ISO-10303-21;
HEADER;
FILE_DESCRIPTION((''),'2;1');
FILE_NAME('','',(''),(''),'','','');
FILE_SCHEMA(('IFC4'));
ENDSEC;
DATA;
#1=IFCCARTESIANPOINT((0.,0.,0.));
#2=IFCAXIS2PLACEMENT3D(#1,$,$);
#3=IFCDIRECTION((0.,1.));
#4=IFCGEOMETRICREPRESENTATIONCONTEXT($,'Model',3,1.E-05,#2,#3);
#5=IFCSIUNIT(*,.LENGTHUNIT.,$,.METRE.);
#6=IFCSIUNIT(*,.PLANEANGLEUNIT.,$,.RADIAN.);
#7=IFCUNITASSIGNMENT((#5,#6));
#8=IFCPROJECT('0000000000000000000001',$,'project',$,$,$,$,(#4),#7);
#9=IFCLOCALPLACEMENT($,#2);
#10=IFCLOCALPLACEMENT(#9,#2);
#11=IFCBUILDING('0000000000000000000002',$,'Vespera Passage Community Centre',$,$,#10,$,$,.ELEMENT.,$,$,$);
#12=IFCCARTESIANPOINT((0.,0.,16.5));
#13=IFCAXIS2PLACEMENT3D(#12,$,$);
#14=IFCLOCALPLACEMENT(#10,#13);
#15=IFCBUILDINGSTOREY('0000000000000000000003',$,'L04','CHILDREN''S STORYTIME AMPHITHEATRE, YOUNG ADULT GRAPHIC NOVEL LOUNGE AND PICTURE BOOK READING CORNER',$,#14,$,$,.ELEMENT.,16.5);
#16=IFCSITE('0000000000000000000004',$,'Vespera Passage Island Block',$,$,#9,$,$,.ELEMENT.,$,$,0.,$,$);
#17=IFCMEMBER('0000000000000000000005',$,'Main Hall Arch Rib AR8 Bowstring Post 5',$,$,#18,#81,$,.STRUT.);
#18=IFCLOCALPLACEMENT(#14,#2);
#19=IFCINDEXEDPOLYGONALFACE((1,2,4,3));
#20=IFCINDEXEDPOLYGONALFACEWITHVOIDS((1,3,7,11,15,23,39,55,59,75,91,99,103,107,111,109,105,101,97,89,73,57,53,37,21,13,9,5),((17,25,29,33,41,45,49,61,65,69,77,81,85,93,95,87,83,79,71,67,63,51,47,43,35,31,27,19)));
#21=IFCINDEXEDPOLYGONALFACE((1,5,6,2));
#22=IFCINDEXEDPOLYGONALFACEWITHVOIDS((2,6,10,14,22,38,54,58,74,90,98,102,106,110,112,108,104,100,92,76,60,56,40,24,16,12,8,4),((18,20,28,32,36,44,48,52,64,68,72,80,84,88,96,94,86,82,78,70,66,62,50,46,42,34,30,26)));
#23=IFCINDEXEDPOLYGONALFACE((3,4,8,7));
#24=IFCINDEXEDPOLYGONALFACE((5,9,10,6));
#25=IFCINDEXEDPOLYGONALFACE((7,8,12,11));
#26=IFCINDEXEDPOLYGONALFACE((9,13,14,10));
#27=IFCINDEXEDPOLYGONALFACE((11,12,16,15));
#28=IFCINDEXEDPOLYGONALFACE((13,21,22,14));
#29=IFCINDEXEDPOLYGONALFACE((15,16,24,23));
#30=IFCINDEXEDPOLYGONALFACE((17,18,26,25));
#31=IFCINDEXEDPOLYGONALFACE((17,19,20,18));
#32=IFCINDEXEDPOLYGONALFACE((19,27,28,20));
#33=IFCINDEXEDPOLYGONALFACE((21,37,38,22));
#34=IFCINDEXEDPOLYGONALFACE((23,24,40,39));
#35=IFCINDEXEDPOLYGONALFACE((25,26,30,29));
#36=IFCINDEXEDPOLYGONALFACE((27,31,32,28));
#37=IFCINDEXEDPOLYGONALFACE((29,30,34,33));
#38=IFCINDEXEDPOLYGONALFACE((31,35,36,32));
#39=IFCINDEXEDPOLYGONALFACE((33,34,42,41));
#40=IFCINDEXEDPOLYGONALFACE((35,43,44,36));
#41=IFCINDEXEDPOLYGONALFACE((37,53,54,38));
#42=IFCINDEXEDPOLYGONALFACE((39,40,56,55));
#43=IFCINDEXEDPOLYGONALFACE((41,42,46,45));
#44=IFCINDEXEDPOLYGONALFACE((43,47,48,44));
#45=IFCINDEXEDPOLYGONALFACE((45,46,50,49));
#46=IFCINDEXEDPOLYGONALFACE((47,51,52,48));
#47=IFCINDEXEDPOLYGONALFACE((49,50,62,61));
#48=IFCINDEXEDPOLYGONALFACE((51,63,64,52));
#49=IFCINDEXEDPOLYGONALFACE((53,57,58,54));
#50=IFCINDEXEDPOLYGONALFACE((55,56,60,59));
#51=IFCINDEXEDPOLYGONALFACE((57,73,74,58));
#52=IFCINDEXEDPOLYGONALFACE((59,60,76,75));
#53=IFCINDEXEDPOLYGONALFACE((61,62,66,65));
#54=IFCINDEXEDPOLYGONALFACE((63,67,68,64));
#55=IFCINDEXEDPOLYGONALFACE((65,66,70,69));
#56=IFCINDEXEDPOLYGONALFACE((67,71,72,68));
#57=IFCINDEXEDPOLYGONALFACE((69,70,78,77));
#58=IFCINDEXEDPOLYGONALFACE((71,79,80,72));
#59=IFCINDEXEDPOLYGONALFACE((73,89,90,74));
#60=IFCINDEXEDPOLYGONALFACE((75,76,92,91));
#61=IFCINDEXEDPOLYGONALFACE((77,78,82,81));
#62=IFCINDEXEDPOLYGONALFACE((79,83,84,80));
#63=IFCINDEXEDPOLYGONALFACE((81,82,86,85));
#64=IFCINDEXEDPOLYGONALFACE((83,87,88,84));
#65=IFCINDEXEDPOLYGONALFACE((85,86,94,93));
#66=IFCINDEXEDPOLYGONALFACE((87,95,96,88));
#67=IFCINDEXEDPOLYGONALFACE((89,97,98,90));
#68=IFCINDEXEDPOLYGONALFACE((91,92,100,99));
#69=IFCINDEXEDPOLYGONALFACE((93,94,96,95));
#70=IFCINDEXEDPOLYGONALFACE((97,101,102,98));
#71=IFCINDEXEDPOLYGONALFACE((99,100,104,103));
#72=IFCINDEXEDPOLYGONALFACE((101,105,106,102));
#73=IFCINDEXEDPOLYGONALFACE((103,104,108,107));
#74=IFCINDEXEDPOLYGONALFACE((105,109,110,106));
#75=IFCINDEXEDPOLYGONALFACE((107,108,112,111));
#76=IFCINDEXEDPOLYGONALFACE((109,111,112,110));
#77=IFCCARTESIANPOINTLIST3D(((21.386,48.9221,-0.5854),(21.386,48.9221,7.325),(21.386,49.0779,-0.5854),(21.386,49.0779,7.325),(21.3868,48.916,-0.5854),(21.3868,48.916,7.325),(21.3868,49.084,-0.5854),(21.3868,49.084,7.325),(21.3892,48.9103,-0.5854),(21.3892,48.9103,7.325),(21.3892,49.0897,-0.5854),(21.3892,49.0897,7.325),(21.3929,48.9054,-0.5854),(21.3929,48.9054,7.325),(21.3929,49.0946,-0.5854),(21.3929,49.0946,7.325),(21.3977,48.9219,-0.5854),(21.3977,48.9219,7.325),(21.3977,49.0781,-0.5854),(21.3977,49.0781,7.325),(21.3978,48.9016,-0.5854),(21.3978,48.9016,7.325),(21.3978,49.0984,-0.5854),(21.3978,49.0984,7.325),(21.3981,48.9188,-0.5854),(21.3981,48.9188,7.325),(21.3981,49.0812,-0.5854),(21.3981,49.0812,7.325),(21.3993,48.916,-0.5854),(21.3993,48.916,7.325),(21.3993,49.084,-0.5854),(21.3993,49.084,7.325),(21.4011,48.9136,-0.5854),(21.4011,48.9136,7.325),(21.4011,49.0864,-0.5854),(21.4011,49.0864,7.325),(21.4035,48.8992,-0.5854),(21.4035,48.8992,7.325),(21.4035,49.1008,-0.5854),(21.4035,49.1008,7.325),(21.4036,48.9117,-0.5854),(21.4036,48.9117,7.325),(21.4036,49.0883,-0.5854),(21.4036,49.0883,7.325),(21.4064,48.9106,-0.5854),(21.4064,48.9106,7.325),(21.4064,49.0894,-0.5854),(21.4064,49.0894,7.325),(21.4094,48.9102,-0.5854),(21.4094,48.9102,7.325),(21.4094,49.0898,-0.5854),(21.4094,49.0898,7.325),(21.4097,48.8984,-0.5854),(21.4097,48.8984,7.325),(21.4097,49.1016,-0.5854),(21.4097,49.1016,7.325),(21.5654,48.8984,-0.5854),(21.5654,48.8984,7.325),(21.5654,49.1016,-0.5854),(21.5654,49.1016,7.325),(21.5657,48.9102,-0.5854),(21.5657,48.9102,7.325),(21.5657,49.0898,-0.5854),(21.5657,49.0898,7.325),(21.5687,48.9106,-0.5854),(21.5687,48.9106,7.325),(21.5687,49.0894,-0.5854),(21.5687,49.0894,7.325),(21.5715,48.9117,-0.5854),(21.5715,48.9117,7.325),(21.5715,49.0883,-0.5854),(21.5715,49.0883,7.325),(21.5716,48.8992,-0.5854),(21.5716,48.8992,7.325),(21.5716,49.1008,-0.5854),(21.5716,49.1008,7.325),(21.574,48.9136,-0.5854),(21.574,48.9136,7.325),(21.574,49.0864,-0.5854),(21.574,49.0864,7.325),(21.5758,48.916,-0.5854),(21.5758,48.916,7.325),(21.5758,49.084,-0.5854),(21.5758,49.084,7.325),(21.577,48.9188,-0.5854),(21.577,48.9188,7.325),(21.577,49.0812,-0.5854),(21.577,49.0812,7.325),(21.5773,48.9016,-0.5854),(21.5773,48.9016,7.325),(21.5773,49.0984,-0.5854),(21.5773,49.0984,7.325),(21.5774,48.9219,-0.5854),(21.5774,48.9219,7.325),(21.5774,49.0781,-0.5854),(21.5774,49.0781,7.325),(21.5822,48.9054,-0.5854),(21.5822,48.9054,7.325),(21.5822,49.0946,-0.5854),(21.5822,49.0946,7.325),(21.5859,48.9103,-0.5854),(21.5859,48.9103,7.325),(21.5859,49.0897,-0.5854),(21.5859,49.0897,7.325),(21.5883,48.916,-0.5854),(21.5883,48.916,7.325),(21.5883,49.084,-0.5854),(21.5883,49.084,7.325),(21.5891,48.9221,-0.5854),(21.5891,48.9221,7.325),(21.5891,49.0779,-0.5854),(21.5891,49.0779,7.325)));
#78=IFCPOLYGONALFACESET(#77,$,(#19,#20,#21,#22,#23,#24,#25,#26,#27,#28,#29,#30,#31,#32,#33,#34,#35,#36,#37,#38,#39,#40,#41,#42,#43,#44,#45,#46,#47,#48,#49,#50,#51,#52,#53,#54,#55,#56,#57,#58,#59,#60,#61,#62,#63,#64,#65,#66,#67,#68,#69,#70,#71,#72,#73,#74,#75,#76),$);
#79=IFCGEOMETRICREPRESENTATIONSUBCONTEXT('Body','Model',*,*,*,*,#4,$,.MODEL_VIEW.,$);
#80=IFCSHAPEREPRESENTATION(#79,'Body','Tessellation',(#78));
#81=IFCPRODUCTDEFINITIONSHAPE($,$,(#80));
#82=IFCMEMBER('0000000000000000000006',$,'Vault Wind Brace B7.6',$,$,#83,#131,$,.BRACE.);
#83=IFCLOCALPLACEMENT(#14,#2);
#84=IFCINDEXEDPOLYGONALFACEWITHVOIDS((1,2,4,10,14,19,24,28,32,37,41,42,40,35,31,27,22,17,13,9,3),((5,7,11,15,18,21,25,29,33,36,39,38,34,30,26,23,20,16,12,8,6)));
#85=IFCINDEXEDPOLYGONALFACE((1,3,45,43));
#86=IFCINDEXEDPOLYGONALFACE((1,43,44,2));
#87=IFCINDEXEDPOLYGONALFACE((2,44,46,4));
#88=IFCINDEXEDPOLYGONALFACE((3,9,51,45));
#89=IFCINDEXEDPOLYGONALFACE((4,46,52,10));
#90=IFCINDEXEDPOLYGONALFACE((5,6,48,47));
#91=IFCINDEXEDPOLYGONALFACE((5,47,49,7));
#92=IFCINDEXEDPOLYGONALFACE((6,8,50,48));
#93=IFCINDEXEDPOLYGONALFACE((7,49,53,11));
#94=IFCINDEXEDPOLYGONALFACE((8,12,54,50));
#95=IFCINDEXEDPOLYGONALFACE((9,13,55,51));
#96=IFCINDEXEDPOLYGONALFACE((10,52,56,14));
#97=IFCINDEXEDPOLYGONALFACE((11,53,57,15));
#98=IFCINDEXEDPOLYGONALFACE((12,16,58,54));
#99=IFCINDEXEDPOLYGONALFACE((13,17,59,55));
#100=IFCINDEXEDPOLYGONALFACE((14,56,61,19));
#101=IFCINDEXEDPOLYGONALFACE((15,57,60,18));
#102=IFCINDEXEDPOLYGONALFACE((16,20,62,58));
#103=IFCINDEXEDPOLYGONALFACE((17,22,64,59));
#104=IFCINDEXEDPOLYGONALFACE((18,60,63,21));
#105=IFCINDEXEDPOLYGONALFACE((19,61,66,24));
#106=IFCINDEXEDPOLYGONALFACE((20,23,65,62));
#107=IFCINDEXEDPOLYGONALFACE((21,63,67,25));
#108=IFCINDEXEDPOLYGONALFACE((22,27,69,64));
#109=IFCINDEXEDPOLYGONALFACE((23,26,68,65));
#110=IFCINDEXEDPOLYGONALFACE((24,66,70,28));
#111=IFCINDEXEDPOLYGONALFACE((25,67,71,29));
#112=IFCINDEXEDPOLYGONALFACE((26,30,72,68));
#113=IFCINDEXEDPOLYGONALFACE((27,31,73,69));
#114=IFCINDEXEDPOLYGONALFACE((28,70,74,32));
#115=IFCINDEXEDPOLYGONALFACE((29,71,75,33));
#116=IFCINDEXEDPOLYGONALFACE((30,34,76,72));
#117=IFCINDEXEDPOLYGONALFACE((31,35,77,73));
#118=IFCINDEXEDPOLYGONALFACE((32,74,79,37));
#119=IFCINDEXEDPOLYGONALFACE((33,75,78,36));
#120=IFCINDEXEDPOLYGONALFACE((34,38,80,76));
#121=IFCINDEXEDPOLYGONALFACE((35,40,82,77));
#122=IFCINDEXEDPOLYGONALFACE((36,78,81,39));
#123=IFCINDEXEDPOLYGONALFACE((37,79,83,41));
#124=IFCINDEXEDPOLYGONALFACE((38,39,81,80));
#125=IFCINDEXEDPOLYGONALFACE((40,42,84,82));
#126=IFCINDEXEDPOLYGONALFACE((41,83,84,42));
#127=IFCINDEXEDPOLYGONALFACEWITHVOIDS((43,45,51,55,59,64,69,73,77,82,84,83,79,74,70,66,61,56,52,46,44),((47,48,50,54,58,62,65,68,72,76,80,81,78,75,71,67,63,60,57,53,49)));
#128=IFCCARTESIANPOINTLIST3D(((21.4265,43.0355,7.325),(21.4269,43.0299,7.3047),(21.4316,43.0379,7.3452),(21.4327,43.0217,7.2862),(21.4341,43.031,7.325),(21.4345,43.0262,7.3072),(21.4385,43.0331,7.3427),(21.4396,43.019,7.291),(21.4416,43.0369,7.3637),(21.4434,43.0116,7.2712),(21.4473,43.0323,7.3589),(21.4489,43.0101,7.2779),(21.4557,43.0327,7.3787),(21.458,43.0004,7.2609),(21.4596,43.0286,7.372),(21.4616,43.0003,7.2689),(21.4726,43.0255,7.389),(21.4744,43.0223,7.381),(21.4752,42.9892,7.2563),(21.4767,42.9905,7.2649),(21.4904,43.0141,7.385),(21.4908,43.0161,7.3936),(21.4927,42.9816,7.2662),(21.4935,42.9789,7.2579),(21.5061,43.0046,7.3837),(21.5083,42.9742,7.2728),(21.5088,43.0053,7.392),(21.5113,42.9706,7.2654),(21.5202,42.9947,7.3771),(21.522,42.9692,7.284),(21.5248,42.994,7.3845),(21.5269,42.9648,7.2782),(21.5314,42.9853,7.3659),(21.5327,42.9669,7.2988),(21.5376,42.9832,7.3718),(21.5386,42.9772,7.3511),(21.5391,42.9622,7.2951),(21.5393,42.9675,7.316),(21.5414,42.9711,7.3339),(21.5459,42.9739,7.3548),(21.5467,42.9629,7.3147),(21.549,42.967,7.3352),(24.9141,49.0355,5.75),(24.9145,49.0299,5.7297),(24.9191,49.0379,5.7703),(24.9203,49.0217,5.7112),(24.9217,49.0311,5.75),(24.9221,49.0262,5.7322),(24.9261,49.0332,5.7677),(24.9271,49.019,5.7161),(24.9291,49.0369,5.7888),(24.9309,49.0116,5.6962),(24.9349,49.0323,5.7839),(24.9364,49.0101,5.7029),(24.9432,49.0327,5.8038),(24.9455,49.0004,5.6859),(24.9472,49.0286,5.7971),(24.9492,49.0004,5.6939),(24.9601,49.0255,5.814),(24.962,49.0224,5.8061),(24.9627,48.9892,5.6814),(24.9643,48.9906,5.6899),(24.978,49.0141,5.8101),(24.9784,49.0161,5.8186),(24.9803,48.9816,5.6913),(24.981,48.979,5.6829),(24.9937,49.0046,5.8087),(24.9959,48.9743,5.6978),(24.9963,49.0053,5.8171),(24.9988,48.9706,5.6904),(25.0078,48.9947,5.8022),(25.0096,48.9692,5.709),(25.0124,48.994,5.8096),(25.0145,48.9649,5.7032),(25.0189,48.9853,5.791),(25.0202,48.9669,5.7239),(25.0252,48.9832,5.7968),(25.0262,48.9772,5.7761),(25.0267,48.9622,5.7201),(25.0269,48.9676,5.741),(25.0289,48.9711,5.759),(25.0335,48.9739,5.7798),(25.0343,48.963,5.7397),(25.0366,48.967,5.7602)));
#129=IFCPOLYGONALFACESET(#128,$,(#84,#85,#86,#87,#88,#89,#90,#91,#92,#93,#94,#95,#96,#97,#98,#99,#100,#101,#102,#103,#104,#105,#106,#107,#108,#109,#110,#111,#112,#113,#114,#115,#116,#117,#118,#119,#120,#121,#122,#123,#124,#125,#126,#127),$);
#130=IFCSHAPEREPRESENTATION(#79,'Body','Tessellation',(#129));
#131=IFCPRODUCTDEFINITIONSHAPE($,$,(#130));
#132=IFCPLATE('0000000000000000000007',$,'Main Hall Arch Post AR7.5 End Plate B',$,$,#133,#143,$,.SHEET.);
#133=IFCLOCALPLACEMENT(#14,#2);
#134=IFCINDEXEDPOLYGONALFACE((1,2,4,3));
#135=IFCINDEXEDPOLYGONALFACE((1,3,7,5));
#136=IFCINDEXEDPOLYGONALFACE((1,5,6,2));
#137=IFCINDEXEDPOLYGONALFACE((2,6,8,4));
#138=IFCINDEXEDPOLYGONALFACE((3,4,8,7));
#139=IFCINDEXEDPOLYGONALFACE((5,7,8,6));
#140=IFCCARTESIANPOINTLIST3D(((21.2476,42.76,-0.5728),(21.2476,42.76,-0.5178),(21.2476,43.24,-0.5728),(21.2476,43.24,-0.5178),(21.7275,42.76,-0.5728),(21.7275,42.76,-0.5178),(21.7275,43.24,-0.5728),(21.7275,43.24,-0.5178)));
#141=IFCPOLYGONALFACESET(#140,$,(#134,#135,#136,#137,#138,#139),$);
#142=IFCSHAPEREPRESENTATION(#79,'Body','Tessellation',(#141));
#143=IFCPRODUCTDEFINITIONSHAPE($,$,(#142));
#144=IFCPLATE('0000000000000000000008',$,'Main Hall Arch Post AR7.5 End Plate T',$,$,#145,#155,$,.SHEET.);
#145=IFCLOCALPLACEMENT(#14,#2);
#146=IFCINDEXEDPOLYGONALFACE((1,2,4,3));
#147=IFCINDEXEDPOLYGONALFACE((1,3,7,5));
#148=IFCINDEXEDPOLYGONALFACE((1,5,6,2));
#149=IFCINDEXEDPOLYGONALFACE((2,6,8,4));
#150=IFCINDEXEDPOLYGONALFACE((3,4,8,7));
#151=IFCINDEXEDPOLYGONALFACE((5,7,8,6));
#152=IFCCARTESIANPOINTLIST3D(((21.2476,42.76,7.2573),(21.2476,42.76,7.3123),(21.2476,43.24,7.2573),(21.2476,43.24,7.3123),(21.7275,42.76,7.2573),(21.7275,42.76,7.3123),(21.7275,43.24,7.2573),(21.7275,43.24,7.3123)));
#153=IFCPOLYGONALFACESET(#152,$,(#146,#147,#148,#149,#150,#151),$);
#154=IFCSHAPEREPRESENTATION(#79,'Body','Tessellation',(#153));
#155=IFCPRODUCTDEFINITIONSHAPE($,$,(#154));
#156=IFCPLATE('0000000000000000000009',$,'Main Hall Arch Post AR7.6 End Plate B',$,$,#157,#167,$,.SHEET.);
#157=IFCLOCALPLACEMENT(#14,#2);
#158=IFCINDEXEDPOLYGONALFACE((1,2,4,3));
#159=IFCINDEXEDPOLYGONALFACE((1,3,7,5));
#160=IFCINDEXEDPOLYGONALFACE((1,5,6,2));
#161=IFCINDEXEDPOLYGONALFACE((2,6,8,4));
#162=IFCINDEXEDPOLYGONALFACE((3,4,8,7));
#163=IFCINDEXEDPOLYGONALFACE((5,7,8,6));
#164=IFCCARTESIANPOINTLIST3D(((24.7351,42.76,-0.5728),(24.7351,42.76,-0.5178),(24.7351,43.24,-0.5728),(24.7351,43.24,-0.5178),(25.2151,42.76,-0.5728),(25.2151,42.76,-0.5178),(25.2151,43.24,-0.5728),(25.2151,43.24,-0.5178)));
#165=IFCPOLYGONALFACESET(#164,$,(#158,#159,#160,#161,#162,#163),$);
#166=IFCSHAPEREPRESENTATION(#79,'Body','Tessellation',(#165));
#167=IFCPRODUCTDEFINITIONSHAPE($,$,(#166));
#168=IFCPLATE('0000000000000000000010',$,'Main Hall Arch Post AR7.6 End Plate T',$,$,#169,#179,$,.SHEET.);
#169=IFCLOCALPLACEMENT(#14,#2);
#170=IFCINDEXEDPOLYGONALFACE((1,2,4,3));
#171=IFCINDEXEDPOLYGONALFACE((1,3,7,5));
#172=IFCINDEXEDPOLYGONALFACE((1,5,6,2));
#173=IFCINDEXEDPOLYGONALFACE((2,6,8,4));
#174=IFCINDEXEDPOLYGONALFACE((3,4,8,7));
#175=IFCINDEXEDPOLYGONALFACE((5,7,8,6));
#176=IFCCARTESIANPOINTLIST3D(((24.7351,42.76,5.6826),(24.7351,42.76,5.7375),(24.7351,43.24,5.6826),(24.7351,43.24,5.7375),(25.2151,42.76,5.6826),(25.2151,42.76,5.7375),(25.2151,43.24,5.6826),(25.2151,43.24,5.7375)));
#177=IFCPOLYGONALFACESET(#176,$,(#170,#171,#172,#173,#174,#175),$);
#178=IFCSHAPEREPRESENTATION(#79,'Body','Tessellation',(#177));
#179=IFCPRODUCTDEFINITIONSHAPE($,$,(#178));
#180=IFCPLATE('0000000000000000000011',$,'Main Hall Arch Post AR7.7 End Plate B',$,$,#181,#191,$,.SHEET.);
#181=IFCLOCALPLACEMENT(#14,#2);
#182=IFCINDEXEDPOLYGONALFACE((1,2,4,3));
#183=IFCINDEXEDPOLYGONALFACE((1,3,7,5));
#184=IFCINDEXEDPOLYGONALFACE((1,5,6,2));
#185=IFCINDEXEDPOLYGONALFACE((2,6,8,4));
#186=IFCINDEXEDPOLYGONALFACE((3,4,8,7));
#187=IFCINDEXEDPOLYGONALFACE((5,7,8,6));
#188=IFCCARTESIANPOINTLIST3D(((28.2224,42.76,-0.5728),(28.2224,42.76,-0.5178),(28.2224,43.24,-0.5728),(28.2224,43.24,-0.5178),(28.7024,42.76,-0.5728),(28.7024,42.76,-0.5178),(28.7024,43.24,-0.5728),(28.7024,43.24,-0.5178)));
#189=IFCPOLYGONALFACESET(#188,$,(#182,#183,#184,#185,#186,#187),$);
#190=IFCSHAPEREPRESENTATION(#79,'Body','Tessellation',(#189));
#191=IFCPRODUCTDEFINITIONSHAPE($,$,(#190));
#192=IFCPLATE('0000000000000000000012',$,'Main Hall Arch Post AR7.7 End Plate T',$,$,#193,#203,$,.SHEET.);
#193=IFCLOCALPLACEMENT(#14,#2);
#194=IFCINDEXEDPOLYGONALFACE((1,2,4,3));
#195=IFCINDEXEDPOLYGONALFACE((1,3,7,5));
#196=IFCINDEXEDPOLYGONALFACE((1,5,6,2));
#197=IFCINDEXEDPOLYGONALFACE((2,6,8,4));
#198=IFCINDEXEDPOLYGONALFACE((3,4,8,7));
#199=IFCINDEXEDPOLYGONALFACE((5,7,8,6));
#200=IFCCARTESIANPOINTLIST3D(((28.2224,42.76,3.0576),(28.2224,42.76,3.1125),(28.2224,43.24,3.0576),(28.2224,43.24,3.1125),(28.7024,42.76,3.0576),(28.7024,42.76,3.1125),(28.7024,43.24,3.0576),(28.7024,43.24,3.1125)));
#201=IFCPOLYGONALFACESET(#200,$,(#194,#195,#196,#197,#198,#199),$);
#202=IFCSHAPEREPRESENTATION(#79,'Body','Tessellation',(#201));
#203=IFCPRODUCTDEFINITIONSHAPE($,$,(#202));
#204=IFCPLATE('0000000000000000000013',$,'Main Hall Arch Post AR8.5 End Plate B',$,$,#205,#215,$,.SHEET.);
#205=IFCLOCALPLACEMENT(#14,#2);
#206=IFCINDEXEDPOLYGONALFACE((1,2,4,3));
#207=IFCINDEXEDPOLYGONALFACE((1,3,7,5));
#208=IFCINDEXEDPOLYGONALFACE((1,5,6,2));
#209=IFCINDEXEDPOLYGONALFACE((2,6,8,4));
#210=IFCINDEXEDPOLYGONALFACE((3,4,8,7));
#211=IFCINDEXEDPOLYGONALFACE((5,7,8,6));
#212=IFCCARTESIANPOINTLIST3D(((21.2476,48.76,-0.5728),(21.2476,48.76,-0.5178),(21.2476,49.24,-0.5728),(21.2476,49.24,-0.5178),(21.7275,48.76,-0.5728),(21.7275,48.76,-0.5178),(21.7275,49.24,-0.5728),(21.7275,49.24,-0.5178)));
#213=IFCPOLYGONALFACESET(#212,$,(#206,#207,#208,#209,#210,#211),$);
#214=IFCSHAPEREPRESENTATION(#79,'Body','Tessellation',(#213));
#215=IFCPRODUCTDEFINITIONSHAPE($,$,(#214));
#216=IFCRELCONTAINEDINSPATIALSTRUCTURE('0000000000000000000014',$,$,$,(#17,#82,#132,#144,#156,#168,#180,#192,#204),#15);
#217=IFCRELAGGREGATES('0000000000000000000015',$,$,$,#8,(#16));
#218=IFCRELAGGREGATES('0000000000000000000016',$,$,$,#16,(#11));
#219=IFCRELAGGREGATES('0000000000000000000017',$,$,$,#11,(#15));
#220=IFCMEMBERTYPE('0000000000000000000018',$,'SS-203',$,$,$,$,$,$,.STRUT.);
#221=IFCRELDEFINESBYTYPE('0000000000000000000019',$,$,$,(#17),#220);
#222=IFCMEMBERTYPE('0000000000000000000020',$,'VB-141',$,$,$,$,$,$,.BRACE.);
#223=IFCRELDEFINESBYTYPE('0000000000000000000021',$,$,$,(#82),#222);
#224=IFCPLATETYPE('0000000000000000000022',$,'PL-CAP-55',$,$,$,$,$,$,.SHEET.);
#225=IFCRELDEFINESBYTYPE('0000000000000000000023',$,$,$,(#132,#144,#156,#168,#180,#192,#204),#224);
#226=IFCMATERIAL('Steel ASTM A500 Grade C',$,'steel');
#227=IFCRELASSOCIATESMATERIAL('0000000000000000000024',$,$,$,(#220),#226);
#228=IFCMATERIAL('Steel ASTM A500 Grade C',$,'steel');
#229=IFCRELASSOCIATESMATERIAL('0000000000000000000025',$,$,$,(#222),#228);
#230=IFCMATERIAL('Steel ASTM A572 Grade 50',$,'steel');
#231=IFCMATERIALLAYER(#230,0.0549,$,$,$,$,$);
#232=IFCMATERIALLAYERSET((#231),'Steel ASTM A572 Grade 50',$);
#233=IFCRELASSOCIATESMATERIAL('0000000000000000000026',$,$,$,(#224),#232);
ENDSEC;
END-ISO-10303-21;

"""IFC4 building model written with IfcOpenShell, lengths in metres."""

from ifc_helpers import new_model, si_unit, direction, frame, origin, origin_2d, place, context, subcontext, project, spatial, rectangle, hollow_rectangle, hollow_circle, extrude, material, layer, layer_set, material_profile, profile_set, type_object, element, save


model = new_model("IFC4")

# Units and contexts
model_context = context("Model", 3, precision=1e-05, world=origin(), true_north=direction((0.0, 1.0)))
body_context = subcontext(model_context, "Body", "Model", "MODEL_VIEW")
ifc_project = project(units=[si_unit("LENGTHUNIT", "METRE"), si_unit("PLANEANGLEUNIT", "RADIAN")], contexts=[model_context])

# Site, building, storey
site_placement = place(None, origin())
site = spatial("IfcSite", under=ifc_project, at=site_placement, Name="Vespera Passage Island Block", CompositionType="ELEMENT", RefElevation=0.0)
building_placement = place(site_placement, origin())
building = spatial("IfcBuilding", under=site, at=building_placement, Name="Vespera Passage Community Centre", CompositionType="ELEMENT")
storey_placement = place(building_placement, frame((0.0, 0.0, 16.5)))
storey = spatial("IfcBuildingStorey", under=building, at=storey_placement, Name="L04", Description="CHILDREN'S STORYTIME AMPHITHEATRE, YOUNG ADULT GRAPHIC NOVEL LOUNGE AND PICTURE BOOK READING CORNER", CompositionType="ELEMENT", Elevation=16.5)

# Members
ifc_material_1 = material(Name="Steel ASTM A500 Grade C", Category="steel")
ifc_material_profile_1 = material_profile(ifc_material_1, hollow_rectangle(XDim=0.2031, YDim=0.2031, WallThickness=0.0117, InnerFilletRadius=0.0117, OuterFilletRadius=0.0237, at=origin_2d()), Name="HSS203X203X12.7")
ifc_profile_set_1 = profile_set([ifc_material_profile_1], Name="Steel ASTM A500 Grade C")
member_type_1 = type_object("IfcMemberType", Name="SS-203", PredefinedType="STRUT", material=ifc_profile_set_1)
member_1_placement = place(storey_placement, frame((21.4875, 49.0, -0.5854), z_axis=(0.0, 0.0, 1.0), x_axis=(1.0, 0.0, 0.0)))
element("IfcMember", 1, at=member_1_placement, inside=storey, type_object=member_type_1, Name="Main Hall Arch Rib AR8 Bowstring Post 5", PredefinedType="STRUT", context=body_context, shape_type="SweptSolid", body=[
    extrude(hollow_rectangle(XDim=0.2031, YDim=0.2031, WallThickness=0.0117, InnerFilletRadius=0.0117, OuterFilletRadius=0.0237, at=origin_2d()), origin(), (0.0, 0.0, 1.0), 7.9104),
])
ifc_material_2 = material(Name="Steel ASTM A500 Grade C", Category="steel")
ifc_material_profile_2 = material_profile(ifc_material_2, hollow_circle(Radius=0.0706, WallThickness=0.0088, at=origin_2d()), Name="CHS141X9.5")
ifc_profile_set_2 = profile_set([ifc_material_profile_2], Name="Steel ASTM A500 Grade C")
member_type_2 = type_object("IfcMemberType", Name="VB-141", PredefinedType="BRACE", material=ifc_profile_set_2)
member_2_placement = place(storey_placement, frame((21.4875, 43.0, 7.325), z_axis=(0.490071, 0.84312, -0.221312), x_axis=(-0.864559, 0.502532, 0.0)))
element("IfcMember", 2, at=member_2_placement, inside=storey, type_object=member_type_2, Name="Vault Wind Brace B7.6", PredefinedType="BRACE", context=body_context, shape_type="SweptSolid", body=[
    extrude(hollow_circle(Radius=0.0706, WallThickness=0.0088, at=origin_2d()), origin(), (0.0, 0.0, 1.0), 7.1165),
])

# Plates
ifc_material_3 = material(Name="Steel ASTM A572 Grade 50", Category="steel")
ifc_layer_1 = layer(ifc_material_3, 0.0549)
ifc_layer_set_1 = layer_set([ifc_layer_1], Name="Steel ASTM A572 Grade 50")
plate_type_1 = type_object("IfcPlateType", Name="PL-CAP-55", PredefinedType="SHEET", material=ifc_layer_set_1)
for number, where, z_axis, x_axis, name in (
    (3, (21.4875, 43.0, -0.5728), (0.0, 0.0, 1.0), (1.0, 0.0, 0.0), "Main Hall Arch Post AR7.5 End Plate B"),
    (4, (21.4875, 43.0, 7.2573), (0.0, 0.0, 1.0), (1.0, 0.0, 0.0), "Main Hall Arch Post AR7.5 End Plate T"),
    (5, (24.9751, 43.0, -0.5728), (0.0, 0.0, 1.0), (1.0, 0.0, 0.0), "Main Hall Arch Post AR7.6 End Plate B"),
    (6, (24.9751, 43.0, 5.6826), (0.0, 0.0, 1.0), (1.0, 0.0, 0.0), "Main Hall Arch Post AR7.6 End Plate T"),
    (7, (28.4624, 43.0, -0.5728), (0.0, 0.0, 1.0), (1.0, 0.0, 0.0), "Main Hall Arch Post AR7.7 End Plate B"),
    (8, (28.4624, 43.0, 3.0576), (0.0, 0.0, 1.0), (1.0, 0.0, 0.0), "Main Hall Arch Post AR7.7 End Plate T"),
    (9, (21.4875, 49.0, -0.5728), (0.0, 0.0, 1.0), (1.0, 0.0, 0.0), "Main Hall Arch Post AR8.5 End Plate B"),
):
    element("IfcPlate", number, at=place(storey_placement, frame(where, z_axis=z_axis, x_axis=x_axis)), inside=storey, type_object=plate_type_1, Name=name, PredefinedType="SHEET", context=body_context, shape_type="SweptSolid", body=[
        extrude(rectangle(XDim=0.48, YDim=0.48, at=origin_2d()), origin(), (0.0, 0.0, 1.0), 0.0549),
    ])

save(model, "model.ifc")
